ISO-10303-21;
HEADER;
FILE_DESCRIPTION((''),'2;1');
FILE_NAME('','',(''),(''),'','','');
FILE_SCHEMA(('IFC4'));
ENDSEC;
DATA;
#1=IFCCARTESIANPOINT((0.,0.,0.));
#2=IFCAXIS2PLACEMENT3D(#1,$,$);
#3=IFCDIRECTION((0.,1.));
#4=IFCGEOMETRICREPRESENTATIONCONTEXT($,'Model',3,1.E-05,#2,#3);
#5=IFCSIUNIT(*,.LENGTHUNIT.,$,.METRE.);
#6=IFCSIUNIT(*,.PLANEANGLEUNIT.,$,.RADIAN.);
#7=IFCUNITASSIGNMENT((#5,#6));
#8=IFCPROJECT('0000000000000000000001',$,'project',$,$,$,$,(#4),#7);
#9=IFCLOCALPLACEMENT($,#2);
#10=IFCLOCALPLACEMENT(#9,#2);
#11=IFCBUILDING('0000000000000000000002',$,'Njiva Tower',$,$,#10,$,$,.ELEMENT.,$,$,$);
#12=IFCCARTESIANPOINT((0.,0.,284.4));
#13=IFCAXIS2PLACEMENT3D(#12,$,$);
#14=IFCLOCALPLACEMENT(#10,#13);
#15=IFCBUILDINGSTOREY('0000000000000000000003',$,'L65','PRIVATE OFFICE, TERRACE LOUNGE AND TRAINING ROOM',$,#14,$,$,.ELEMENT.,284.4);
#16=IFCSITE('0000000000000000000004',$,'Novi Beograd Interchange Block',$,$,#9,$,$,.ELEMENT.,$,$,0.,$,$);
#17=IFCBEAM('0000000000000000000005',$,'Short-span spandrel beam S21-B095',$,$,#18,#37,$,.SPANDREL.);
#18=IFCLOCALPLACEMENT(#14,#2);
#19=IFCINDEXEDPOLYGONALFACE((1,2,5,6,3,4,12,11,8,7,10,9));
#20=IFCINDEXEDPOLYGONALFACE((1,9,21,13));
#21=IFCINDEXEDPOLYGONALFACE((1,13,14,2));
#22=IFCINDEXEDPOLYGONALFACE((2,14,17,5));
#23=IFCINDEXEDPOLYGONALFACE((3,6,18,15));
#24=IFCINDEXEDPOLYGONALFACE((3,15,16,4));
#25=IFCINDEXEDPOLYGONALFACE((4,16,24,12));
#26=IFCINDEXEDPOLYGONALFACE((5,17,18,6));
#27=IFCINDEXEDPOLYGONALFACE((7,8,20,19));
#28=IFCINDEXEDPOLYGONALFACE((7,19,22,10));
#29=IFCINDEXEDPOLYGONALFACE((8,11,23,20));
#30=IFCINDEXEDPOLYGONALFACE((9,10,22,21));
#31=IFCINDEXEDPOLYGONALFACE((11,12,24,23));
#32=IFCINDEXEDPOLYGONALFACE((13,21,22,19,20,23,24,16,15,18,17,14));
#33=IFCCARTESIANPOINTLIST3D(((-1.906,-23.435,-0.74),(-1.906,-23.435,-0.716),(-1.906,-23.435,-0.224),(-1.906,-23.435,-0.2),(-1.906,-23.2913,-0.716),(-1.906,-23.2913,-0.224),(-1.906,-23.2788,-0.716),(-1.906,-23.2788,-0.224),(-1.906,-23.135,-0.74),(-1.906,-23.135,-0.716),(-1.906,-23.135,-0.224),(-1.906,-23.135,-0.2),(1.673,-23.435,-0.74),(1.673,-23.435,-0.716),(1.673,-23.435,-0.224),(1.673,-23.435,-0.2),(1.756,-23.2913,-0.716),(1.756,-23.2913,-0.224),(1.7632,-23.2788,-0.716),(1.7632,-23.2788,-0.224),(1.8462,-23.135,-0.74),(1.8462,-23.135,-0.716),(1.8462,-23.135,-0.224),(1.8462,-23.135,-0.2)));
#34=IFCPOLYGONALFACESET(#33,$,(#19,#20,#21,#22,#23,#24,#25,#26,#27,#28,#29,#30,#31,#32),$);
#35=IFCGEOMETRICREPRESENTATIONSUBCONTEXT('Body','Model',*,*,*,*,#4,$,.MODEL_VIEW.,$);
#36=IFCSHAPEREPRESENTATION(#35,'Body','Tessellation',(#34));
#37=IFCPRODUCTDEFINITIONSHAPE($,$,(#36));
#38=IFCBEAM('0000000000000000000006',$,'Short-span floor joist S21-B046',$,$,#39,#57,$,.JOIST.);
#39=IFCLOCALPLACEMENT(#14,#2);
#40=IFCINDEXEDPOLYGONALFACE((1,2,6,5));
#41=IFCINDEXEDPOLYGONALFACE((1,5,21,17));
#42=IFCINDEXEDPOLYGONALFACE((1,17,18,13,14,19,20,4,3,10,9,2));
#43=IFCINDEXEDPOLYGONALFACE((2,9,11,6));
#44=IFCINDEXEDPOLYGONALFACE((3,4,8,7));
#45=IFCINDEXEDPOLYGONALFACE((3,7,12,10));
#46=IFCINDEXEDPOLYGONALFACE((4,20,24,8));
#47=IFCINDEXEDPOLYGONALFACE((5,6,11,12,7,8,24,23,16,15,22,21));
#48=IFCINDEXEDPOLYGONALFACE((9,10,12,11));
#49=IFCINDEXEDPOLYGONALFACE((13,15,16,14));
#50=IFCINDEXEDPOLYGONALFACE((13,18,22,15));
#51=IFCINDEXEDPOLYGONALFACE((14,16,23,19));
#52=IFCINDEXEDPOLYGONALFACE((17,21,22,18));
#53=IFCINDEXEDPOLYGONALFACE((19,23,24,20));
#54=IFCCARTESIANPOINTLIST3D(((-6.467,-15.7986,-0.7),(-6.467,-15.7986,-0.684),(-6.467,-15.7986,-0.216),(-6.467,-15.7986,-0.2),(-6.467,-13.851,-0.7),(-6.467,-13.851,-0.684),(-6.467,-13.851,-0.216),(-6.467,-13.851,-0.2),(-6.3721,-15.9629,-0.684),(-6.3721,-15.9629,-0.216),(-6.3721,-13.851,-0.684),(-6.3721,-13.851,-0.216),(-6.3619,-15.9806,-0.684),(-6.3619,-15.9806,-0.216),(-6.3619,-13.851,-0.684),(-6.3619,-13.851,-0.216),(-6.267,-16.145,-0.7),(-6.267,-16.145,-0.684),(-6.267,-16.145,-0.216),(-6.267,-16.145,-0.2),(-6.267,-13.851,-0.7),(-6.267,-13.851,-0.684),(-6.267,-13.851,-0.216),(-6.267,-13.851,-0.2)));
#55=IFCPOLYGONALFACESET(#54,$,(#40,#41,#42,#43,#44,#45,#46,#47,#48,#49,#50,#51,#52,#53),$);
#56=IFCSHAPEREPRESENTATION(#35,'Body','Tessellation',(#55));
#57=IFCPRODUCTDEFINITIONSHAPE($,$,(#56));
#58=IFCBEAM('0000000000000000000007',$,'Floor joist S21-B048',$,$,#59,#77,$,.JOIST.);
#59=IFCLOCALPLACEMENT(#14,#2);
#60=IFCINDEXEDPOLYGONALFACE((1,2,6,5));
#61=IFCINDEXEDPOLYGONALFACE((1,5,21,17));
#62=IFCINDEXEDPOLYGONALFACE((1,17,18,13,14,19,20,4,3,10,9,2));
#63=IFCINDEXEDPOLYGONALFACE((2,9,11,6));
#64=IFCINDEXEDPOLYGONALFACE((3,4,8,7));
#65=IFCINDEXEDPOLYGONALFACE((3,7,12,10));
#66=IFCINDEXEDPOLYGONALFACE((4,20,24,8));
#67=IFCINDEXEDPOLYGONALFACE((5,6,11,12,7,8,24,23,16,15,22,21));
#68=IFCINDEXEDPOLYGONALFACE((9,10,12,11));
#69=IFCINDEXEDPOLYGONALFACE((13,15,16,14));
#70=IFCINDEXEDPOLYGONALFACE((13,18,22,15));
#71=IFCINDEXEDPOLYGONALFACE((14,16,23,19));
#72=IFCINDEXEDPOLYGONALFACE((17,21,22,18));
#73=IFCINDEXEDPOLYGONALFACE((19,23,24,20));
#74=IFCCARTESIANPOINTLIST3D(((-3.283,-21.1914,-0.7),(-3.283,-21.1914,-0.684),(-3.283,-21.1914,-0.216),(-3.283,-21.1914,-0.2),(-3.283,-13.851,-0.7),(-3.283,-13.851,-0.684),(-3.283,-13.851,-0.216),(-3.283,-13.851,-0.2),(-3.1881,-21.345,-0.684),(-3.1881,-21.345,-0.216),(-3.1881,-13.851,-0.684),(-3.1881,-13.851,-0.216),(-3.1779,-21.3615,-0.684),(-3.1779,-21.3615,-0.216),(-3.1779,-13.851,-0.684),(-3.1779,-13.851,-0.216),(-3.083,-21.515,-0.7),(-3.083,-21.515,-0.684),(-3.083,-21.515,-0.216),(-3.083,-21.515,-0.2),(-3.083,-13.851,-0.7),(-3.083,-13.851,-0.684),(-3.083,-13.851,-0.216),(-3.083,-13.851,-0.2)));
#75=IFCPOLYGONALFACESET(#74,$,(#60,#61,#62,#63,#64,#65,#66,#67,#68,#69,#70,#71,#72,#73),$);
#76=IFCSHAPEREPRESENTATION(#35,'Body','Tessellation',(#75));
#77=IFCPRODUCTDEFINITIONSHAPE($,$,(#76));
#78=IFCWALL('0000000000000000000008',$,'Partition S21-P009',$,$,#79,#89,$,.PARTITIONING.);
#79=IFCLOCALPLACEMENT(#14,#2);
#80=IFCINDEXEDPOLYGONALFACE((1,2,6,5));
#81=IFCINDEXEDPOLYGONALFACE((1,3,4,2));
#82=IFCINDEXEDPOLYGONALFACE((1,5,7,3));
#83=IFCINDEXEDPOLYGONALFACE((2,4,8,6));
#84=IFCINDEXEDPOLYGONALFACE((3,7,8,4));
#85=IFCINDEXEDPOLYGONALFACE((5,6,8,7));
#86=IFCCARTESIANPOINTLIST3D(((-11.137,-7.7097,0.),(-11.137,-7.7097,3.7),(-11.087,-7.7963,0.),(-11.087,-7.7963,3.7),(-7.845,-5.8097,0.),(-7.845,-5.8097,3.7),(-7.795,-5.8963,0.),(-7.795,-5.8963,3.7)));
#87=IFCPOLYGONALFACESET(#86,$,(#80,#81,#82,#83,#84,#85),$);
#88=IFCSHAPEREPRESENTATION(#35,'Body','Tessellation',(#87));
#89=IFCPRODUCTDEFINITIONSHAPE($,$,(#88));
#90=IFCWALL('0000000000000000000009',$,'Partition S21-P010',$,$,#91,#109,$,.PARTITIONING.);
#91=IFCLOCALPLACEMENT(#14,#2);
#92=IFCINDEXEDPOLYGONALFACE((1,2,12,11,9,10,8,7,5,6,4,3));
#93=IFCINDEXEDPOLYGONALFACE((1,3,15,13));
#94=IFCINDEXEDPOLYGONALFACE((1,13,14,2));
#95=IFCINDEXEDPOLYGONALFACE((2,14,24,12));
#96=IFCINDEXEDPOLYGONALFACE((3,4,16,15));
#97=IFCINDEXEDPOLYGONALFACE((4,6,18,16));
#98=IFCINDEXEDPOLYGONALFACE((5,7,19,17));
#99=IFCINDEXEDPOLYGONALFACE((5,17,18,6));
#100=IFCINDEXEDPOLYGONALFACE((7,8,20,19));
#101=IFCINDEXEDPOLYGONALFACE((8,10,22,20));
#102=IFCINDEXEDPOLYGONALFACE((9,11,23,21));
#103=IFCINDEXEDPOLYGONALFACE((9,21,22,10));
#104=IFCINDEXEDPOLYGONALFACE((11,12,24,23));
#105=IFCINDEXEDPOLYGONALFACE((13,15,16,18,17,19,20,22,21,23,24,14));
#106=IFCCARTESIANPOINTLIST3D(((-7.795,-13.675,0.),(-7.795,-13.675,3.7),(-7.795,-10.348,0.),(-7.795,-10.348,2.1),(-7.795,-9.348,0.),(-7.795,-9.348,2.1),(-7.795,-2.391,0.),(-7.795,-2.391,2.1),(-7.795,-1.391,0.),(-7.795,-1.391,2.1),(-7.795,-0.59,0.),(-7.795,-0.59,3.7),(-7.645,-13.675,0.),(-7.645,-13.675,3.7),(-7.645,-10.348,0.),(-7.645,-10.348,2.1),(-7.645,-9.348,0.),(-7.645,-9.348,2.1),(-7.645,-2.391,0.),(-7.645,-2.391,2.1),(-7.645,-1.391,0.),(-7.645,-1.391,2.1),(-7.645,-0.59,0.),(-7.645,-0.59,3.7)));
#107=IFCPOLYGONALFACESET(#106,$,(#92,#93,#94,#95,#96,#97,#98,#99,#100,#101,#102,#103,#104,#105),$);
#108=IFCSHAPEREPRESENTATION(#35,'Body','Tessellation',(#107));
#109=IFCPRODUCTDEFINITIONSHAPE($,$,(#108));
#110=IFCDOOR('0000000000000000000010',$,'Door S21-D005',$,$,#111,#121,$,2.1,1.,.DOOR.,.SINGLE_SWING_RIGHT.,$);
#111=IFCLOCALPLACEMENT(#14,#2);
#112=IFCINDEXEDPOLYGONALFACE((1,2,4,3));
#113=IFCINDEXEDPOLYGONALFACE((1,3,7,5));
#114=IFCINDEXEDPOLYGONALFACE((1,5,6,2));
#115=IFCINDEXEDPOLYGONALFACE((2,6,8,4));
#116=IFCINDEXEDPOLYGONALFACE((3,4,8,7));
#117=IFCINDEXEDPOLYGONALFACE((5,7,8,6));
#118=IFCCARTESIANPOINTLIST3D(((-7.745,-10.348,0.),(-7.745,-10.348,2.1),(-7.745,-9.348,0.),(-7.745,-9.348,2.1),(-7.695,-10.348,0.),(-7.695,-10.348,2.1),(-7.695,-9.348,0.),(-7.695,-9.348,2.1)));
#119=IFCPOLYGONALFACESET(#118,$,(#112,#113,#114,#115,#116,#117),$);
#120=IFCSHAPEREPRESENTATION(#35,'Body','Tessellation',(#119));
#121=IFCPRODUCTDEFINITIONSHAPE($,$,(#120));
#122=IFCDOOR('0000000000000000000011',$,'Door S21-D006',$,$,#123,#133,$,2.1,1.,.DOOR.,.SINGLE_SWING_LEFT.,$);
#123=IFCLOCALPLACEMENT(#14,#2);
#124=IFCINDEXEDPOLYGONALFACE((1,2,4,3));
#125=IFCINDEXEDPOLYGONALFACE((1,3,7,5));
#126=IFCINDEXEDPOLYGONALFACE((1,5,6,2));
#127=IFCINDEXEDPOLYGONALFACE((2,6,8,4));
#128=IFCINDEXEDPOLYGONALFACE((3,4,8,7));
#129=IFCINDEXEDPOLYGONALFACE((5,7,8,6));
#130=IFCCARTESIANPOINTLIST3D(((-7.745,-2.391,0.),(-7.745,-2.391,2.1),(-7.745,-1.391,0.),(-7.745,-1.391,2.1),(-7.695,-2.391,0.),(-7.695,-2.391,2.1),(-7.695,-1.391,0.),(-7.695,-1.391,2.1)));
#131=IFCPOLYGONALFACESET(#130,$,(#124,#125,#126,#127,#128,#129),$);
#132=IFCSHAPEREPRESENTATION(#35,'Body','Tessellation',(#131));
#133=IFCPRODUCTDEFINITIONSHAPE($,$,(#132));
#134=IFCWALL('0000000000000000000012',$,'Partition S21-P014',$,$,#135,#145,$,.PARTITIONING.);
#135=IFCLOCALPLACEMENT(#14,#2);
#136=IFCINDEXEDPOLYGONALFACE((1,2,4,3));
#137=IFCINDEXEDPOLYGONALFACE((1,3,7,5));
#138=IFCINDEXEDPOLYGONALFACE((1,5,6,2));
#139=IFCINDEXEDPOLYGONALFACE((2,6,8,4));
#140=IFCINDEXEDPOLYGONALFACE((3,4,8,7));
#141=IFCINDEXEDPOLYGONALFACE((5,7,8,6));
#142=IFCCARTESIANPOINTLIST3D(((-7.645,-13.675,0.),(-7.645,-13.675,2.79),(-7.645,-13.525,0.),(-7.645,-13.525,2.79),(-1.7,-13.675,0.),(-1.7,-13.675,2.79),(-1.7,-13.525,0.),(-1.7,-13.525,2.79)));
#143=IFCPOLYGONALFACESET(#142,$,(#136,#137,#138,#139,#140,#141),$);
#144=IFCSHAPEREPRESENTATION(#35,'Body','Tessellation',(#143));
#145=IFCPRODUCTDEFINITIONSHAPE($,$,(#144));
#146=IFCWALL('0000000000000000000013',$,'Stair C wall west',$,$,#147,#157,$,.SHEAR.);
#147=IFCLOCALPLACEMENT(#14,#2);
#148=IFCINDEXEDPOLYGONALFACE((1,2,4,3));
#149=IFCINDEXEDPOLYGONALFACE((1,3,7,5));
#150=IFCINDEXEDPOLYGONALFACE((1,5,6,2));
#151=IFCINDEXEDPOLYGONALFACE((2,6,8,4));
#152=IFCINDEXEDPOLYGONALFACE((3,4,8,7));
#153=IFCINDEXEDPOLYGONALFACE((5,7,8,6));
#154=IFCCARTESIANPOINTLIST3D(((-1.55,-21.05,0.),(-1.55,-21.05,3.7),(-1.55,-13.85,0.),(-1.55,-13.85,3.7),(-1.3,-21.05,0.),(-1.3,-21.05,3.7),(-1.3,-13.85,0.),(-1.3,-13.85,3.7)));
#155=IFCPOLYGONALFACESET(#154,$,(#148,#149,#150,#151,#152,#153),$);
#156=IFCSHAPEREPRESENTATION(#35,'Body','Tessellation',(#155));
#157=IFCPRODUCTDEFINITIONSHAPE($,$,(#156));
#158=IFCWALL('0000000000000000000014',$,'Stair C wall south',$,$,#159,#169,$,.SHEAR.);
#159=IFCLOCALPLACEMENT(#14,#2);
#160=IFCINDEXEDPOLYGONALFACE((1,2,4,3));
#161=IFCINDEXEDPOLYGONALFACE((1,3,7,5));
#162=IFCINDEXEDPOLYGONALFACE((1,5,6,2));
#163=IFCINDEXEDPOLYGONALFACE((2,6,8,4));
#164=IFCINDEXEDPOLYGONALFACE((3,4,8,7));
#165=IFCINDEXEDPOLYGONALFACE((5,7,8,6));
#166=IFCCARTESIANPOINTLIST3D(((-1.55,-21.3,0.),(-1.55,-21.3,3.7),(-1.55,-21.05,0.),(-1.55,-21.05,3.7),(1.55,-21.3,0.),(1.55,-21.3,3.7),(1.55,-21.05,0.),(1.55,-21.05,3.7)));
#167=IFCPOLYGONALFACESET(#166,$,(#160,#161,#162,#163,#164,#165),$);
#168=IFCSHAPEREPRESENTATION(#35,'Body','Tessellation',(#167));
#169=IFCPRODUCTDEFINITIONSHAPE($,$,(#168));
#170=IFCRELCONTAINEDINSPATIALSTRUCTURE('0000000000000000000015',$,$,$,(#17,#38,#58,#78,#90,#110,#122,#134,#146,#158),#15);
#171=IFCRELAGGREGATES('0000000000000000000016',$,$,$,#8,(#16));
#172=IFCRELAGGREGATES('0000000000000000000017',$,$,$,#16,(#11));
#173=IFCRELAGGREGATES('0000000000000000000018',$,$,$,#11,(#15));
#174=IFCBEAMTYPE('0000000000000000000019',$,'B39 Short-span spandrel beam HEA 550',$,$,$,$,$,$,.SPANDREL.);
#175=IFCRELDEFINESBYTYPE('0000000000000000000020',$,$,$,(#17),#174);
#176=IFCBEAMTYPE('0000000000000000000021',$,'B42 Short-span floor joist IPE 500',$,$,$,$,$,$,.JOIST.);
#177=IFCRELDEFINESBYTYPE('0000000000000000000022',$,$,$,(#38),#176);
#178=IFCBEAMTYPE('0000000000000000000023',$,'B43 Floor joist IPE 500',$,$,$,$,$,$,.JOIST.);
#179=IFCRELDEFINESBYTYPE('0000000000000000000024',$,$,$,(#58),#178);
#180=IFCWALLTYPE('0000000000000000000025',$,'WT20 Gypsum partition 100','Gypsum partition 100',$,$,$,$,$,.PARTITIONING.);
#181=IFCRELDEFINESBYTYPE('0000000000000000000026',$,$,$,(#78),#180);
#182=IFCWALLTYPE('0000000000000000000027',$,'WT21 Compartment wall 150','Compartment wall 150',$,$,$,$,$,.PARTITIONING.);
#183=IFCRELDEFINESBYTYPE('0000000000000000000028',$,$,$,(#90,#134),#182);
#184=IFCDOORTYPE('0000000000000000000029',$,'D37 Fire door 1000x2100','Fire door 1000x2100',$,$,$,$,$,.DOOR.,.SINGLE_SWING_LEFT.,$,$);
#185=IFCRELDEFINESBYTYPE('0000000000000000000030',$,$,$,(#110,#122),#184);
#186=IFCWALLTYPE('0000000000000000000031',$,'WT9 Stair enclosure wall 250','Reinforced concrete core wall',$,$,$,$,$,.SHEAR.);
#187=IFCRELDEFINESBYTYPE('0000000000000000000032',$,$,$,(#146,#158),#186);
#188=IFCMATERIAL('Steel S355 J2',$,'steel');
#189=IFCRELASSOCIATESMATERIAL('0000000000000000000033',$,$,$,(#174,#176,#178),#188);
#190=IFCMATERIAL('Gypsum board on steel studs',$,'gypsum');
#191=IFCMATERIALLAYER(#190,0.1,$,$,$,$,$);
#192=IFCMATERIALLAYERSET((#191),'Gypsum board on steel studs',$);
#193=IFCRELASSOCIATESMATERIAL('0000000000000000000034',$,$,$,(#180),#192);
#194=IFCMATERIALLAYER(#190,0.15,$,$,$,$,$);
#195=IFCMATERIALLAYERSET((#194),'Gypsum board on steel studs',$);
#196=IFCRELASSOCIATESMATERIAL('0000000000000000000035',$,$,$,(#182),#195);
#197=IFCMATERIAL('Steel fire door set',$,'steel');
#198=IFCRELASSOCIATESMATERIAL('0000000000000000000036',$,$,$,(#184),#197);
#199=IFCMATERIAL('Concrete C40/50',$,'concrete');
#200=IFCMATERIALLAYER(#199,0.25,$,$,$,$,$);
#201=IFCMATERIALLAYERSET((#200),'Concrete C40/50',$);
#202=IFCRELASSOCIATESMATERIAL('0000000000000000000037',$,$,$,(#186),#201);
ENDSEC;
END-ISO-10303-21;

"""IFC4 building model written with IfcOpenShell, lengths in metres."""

from ifc_helpers import new_model, si_unit, direction, frame, frame_2d, origin, origin_2d, place, context, subcontext, project, spatial, rectangle, i_section, extrude, clip, halfspace, material, layer, layer_set, material_profile, profile_set, type_object, element, fill, save


model = new_model("IFC4")

# Units and contexts
model_context = context("Model", 3, precision=1e-05, world=origin(), true_north=direction((0.0, 1.0)))
body_context = subcontext(model_context, "Body", "Model", "MODEL_VIEW")
ifc_project = project(units=[si_unit("LENGTHUNIT", "METRE"), si_unit("PLANEANGLEUNIT", "RADIAN")], contexts=[model_context])

# Site, building, storey
site_placement = place(None, origin())
site = spatial("IfcSite", under=ifc_project, at=site_placement, Name="Novi Beograd Interchange Block", CompositionType="ELEMENT", RefElevation=0.0)
building_placement = place(site_placement, origin())
building = spatial("IfcBuilding", under=site, at=building_placement, Name="Njiva Tower", CompositionType="ELEMENT")
storey_placement = place(building_placement, frame((0.0, 0.0, 284.4)))
storey = spatial("IfcBuildingStorey", under=building, at=storey_placement, Name="L65", Description="PRIVATE OFFICE, TERRACE LOUNGE AND TRAINING ROOM", CompositionType="ELEMENT", Elevation=284.4)

# Shared definitions
ifc_material_1 = material(Name="Steel S355 J2", Category="steel")

# Beams
ifc_material_profile_1 = material_profile(ifc_material_1, i_section(OverallWidth=0.3, OverallDepth=0.54, WebThickness=0.0125, FlangeThickness=0.024, at=origin_2d()), Name="HEA 550")
ifc_profile_set_1 = profile_set([ifc_material_profile_1], Name="Steel S355 J2")
beam_type_1 = type_object("IfcBeamType", Name="B39 Short-span spandrel beam HEA 550", PredefinedType="SPANDREL", material=ifc_profile_set_1)
beam_1_placement = place(storey_placement, frame((-1.906, -23.285, -0.47), z_axis=(1.0, 0.0, 0.0), x_axis=(0.0, 1.0, 0.0)))
element("IfcBeam", 1, at=beam_1_placement, inside=storey, type_object=beam_type_1, Name="Short-span spandrel beam S21-B095", PredefinedType="SPANDREL", context=body_context, shape_type="Clipping", body=[
    clip(extrude(i_section(OverallWidth=0.3, OverallDepth=0.54, WebThickness=0.0125, FlangeThickness=0.024, at=origin_2d()), origin(), (0.0, 0.0, 1.0), 3.772), halfspace(frame((-0.0253, 0.0, 3.651), z_axis=(-0.499998, 0.0, 0.866027), x_axis=(0.0, 1.0, 0.0)), False)),
])
ifc_material_profile_2 = material_profile(ifc_material_1, i_section(OverallWidth=0.2, OverallDepth=0.5, WebThickness=0.0102, FlangeThickness=0.016, at=origin_2d()), Name="IPE 500")
ifc_profile_set_2 = profile_set([ifc_material_profile_2], Name="Steel S355 J2")
beam_type_2 = type_object("IfcBeamType", Name="B42 Short-span floor joist IPE 500", PredefinedType="JOIST", material=ifc_profile_set_2)
beam_2_placement = place(storey_placement, frame((-6.367, -13.851, -0.45), z_axis=(0.0, -1.0, 0.0), x_axis=(1.0, 0.0, 0.0)))
element("IfcBeam", 2, at=beam_2_placement, inside=storey, type_object=beam_type_2, Name="Short-span floor joist S21-B046", PredefinedType="JOIST", context=body_context, shape_type="Clipping", body=[
    clip(extrude(i_section(OverallWidth=0.2, OverallDepth=0.5, WebThickness=0.0102, FlangeThickness=0.016, at=origin_2d()), origin(), (0.0, 0.0, 1.0), 2.314), halfspace(frame((-0.043, 0.0, 2.0463), z_axis=(-0.866027, 0.0, 0.499998), x_axis=(0.0, 1.0, 0.0)), False)),
])
ifc_material_profile_3 = material_profile(ifc_material_1, i_section(OverallWidth=0.2, OverallDepth=0.5, WebThickness=0.0102, FlangeThickness=0.016, at=origin_2d()), Name="IPE 500")
ifc_profile_set_3 = profile_set([ifc_material_profile_3], Name="Steel S355 J2")
beam_type_3 = type_object("IfcBeamType", Name="B43 Floor joist IPE 500", PredefinedType="JOIST", material=ifc_profile_set_3)
beam_3_placement = place(storey_placement, frame((-3.183, -13.851, -0.45), z_axis=(0.0, -1.0, 0.0), x_axis=(1.0, 0.0, 0.0)))
element("IfcBeam", 3, at=beam_3_placement, inside=storey, type_object=beam_type_3, Name="Floor joist S21-B048", PredefinedType="JOIST", context=body_context, shape_type="Clipping", body=[
    clip(extrude(i_section(OverallWidth=0.2, OverallDepth=0.5, WebThickness=0.0102, FlangeThickness=0.016, at=origin_2d()), origin(), (0.0, 0.0, 1.0), 7.684), halfspace(frame((-0.0429, 0.0, 7.4328), z_axis=(-0.85062, 0.0, 0.52578), x_axis=(0.0, 1.0, 0.0)), False)),
])

# Wall
ifc_material_2 = material(Name="Gypsum board on steel studs", Category="gypsum")
ifc_layer_1 = layer(ifc_material_2, 0.1)
ifc_layer_set_1 = layer_set([ifc_layer_1], Name="Gypsum board on steel studs")
wall_type_1 = type_object("IfcWallType", Name="WT20 Gypsum partition 100", Description="Gypsum partition 100", PredefinedType="PARTITIONING", material=ifc_layer_set_1)
wall_1_placement = place(storey_placement, frame((-11.112, -7.753, 0.0), z_axis=(0.0, 0.0, 1.0), x_axis=(0.866098, 0.499874, 0.0)))
element("IfcWall", 4, at=wall_1_placement, inside=storey, type_object=wall_type_1, Name="Partition S21-P009", PredefinedType="PARTITIONING", context=body_context, shape_type="SweptSolid", body=[
    extrude(rectangle(XDim=3.801, YDim=0.1, at=frame_2d((1.9005, 0.0))), origin(), (0.0, 0.0, 1.0), 3.7),
])

# Wall, openings, doors
ifc_layer_2 = layer(ifc_material_2, 0.15)
ifc_layer_set_2 = layer_set([ifc_layer_2], Name="Gypsum board on steel studs")
wall_type_2 = type_object("IfcWallType", Name="WT21 Compartment wall 150", Description="Compartment wall 150", PredefinedType="PARTITIONING", material=ifc_layer_set_2)
wall_2_placement = place(storey_placement, frame((-7.72, -13.675, 0.0), z_axis=(0.0, 0.0, 1.0), x_axis=(0.0, 1.0, 0.0)))
wall_2 = element("IfcWall", 5, at=wall_2_placement, inside=storey, type_object=wall_type_2, Name="Partition S21-P010", PredefinedType="PARTITIONING", context=body_context, shape_type="SweptSolid", body=[
    extrude(rectangle(XDim=13.085, YDim=0.15, at=frame_2d((6.5425, 0.0))), origin(), (0.0, 0.0, 1.0), 3.7),
])
opening_1_placement = place(wall_2_placement, frame((3.327, 0.0, 0.0)))
opening_1 = element("IfcOpeningElement", 6, at=opening_1_placement, cuts=wall_2, PredefinedType="OPENING", context=body_context, shape_type="SweptSolid", body=[
    extrude(rectangle(XDim=1.0, YDim=2.1, at=frame_2d((0.5, 1.05))), frame((0.0, 0.085, 0.0), z_axis=(0.0, -1.0, 0.0), x_axis=(1.0, 0.0, 0.0)), (0.0, 0.0, 1.0), 0.17),
])
opening_2_placement = place(wall_2_placement, frame((11.284, 0.0, 0.0)))
opening_2 = element("IfcOpeningElement", 7, at=opening_2_placement, cuts=wall_2, PredefinedType="OPENING", context=body_context, shape_type="SweptSolid", body=[
    extrude(rectangle(XDim=1.0, YDim=2.1, at=frame_2d((0.5, 1.05))), frame((0.0, 0.085, 0.0), z_axis=(0.0, -1.0, 0.0), x_axis=(1.0, 0.0, 0.0)), (0.0, 0.0, 1.0), 0.17),
])
ifc_material_3 = material(Name="Steel fire door set", Category="steel")
door_type = type_object("IfcDoorType", Name="D37 Fire door 1000x2100", Description="Fire door 1000x2100", OperationType="SINGLE_SWING_LEFT", PredefinedType="DOOR", material=ifc_material_3)
door_1_placement = place(opening_1_placement, origin())
door_1 = element("IfcDoor", 8, at=door_1_placement, inside=storey, type_object=door_type, Name="Door S21-D005", OperationType="SINGLE_SWING_RIGHT", OverallHeight=2.1, OverallWidth=1.0, PredefinedType="DOOR", context=body_context, shape_type="SweptSolid", body=[
    extrude(rectangle(XDim=1.0, YDim=2.1, at=frame_2d((0.5, 1.05))), frame((0.0, 0.025, 0.0), z_axis=(0.0, -1.0, 0.0), x_axis=(1.0, 0.0, 0.0)), (0.0, 0.0, 1.0), 0.05),
])
fill(opening_1, door_1)
door_2_placement = place(opening_2_placement, origin())
door_2 = element("IfcDoor", 9, at=door_2_placement, inside=storey, type_object=door_type, Name="Door S21-D006", OperationType="SINGLE_SWING_LEFT", OverallHeight=2.1, OverallWidth=1.0, PredefinedType="DOOR", context=body_context, shape_type="SweptSolid", body=[
    extrude(rectangle(XDim=1.0, YDim=2.1, at=frame_2d((0.5, 1.05))), frame((0.0, 0.025, 0.0), z_axis=(0.0, -1.0, 0.0), x_axis=(1.0, 0.0, 0.0)), (0.0, 0.0, 1.0), 0.05),
])
fill(opening_2, door_2)

# Walls
wall_3_placement = place(storey_placement, frame((-7.645, -13.6, 0.0), z_axis=(0.0, 0.0, 1.0), x_axis=(1.0, 0.0, 0.0)))
element("IfcWall", 10, at=wall_3_placement, inside=storey, type_object=wall_type_2, Name="Partition S21-P014", PredefinedType="PARTITIONING", context=body_context, shape_type="SweptSolid", body=[
    extrude(rectangle(XDim=5.945, YDim=0.15, at=frame_2d((2.9725, 0.0))), origin(), (0.0, 0.0, 1.0), 2.79),
])
ifc_material_4 = material(Name="Concrete C40/50", Category="concrete")
ifc_layer_3 = layer(ifc_material_4, 0.25)
ifc_layer_set_3 = layer_set([ifc_layer_3], Name="Concrete C40/50")
wall_type_3 = type_object("IfcWallType", Name="WT9 Stair enclosure wall 250", Description="Reinforced concrete core wall", PredefinedType="SHEAR", material=ifc_layer_set_3)
wall_4_placement = place(storey_placement, frame((-1.425, -21.05, 0.0), z_axis=(0.0, 0.0, 1.0), x_axis=(0.0, 1.0, 0.0)))
element("IfcWall", 11, at=wall_4_placement, inside=storey, type_object=wall_type_3, Name="Stair C wall west", PredefinedType="SHEAR", context=body_context, shape_type="SweptSolid", body=[
    extrude(rectangle(XDim=7.2, YDim=0.25, at=frame_2d((3.6, 0.0))), origin(), (0.0, 0.0, 1.0), 3.7),
])
for number, where, z_axis, x_axis, name in (
    (12, (-1.55, -21.175, 0.0), (0.0, 0.0, 1.0), (1.0, 0.0, 0.0), "Stair C wall south"),
):
    element("IfcWall", number, at=place(storey_placement, frame(where, z_axis=z_axis, x_axis=x_axis)), inside=storey, type_object=wall_type_3, Name=name, PredefinedType="SHEAR", context=body_context, shape_type="SweptSolid", body=[
        extrude(rectangle(XDim=3.1, YDim=0.25, at=frame_2d((1.55, 0.0))), origin(), (0.0, 0.0, 1.0), 3.7),
    ])

save(model, "model.ifc")
